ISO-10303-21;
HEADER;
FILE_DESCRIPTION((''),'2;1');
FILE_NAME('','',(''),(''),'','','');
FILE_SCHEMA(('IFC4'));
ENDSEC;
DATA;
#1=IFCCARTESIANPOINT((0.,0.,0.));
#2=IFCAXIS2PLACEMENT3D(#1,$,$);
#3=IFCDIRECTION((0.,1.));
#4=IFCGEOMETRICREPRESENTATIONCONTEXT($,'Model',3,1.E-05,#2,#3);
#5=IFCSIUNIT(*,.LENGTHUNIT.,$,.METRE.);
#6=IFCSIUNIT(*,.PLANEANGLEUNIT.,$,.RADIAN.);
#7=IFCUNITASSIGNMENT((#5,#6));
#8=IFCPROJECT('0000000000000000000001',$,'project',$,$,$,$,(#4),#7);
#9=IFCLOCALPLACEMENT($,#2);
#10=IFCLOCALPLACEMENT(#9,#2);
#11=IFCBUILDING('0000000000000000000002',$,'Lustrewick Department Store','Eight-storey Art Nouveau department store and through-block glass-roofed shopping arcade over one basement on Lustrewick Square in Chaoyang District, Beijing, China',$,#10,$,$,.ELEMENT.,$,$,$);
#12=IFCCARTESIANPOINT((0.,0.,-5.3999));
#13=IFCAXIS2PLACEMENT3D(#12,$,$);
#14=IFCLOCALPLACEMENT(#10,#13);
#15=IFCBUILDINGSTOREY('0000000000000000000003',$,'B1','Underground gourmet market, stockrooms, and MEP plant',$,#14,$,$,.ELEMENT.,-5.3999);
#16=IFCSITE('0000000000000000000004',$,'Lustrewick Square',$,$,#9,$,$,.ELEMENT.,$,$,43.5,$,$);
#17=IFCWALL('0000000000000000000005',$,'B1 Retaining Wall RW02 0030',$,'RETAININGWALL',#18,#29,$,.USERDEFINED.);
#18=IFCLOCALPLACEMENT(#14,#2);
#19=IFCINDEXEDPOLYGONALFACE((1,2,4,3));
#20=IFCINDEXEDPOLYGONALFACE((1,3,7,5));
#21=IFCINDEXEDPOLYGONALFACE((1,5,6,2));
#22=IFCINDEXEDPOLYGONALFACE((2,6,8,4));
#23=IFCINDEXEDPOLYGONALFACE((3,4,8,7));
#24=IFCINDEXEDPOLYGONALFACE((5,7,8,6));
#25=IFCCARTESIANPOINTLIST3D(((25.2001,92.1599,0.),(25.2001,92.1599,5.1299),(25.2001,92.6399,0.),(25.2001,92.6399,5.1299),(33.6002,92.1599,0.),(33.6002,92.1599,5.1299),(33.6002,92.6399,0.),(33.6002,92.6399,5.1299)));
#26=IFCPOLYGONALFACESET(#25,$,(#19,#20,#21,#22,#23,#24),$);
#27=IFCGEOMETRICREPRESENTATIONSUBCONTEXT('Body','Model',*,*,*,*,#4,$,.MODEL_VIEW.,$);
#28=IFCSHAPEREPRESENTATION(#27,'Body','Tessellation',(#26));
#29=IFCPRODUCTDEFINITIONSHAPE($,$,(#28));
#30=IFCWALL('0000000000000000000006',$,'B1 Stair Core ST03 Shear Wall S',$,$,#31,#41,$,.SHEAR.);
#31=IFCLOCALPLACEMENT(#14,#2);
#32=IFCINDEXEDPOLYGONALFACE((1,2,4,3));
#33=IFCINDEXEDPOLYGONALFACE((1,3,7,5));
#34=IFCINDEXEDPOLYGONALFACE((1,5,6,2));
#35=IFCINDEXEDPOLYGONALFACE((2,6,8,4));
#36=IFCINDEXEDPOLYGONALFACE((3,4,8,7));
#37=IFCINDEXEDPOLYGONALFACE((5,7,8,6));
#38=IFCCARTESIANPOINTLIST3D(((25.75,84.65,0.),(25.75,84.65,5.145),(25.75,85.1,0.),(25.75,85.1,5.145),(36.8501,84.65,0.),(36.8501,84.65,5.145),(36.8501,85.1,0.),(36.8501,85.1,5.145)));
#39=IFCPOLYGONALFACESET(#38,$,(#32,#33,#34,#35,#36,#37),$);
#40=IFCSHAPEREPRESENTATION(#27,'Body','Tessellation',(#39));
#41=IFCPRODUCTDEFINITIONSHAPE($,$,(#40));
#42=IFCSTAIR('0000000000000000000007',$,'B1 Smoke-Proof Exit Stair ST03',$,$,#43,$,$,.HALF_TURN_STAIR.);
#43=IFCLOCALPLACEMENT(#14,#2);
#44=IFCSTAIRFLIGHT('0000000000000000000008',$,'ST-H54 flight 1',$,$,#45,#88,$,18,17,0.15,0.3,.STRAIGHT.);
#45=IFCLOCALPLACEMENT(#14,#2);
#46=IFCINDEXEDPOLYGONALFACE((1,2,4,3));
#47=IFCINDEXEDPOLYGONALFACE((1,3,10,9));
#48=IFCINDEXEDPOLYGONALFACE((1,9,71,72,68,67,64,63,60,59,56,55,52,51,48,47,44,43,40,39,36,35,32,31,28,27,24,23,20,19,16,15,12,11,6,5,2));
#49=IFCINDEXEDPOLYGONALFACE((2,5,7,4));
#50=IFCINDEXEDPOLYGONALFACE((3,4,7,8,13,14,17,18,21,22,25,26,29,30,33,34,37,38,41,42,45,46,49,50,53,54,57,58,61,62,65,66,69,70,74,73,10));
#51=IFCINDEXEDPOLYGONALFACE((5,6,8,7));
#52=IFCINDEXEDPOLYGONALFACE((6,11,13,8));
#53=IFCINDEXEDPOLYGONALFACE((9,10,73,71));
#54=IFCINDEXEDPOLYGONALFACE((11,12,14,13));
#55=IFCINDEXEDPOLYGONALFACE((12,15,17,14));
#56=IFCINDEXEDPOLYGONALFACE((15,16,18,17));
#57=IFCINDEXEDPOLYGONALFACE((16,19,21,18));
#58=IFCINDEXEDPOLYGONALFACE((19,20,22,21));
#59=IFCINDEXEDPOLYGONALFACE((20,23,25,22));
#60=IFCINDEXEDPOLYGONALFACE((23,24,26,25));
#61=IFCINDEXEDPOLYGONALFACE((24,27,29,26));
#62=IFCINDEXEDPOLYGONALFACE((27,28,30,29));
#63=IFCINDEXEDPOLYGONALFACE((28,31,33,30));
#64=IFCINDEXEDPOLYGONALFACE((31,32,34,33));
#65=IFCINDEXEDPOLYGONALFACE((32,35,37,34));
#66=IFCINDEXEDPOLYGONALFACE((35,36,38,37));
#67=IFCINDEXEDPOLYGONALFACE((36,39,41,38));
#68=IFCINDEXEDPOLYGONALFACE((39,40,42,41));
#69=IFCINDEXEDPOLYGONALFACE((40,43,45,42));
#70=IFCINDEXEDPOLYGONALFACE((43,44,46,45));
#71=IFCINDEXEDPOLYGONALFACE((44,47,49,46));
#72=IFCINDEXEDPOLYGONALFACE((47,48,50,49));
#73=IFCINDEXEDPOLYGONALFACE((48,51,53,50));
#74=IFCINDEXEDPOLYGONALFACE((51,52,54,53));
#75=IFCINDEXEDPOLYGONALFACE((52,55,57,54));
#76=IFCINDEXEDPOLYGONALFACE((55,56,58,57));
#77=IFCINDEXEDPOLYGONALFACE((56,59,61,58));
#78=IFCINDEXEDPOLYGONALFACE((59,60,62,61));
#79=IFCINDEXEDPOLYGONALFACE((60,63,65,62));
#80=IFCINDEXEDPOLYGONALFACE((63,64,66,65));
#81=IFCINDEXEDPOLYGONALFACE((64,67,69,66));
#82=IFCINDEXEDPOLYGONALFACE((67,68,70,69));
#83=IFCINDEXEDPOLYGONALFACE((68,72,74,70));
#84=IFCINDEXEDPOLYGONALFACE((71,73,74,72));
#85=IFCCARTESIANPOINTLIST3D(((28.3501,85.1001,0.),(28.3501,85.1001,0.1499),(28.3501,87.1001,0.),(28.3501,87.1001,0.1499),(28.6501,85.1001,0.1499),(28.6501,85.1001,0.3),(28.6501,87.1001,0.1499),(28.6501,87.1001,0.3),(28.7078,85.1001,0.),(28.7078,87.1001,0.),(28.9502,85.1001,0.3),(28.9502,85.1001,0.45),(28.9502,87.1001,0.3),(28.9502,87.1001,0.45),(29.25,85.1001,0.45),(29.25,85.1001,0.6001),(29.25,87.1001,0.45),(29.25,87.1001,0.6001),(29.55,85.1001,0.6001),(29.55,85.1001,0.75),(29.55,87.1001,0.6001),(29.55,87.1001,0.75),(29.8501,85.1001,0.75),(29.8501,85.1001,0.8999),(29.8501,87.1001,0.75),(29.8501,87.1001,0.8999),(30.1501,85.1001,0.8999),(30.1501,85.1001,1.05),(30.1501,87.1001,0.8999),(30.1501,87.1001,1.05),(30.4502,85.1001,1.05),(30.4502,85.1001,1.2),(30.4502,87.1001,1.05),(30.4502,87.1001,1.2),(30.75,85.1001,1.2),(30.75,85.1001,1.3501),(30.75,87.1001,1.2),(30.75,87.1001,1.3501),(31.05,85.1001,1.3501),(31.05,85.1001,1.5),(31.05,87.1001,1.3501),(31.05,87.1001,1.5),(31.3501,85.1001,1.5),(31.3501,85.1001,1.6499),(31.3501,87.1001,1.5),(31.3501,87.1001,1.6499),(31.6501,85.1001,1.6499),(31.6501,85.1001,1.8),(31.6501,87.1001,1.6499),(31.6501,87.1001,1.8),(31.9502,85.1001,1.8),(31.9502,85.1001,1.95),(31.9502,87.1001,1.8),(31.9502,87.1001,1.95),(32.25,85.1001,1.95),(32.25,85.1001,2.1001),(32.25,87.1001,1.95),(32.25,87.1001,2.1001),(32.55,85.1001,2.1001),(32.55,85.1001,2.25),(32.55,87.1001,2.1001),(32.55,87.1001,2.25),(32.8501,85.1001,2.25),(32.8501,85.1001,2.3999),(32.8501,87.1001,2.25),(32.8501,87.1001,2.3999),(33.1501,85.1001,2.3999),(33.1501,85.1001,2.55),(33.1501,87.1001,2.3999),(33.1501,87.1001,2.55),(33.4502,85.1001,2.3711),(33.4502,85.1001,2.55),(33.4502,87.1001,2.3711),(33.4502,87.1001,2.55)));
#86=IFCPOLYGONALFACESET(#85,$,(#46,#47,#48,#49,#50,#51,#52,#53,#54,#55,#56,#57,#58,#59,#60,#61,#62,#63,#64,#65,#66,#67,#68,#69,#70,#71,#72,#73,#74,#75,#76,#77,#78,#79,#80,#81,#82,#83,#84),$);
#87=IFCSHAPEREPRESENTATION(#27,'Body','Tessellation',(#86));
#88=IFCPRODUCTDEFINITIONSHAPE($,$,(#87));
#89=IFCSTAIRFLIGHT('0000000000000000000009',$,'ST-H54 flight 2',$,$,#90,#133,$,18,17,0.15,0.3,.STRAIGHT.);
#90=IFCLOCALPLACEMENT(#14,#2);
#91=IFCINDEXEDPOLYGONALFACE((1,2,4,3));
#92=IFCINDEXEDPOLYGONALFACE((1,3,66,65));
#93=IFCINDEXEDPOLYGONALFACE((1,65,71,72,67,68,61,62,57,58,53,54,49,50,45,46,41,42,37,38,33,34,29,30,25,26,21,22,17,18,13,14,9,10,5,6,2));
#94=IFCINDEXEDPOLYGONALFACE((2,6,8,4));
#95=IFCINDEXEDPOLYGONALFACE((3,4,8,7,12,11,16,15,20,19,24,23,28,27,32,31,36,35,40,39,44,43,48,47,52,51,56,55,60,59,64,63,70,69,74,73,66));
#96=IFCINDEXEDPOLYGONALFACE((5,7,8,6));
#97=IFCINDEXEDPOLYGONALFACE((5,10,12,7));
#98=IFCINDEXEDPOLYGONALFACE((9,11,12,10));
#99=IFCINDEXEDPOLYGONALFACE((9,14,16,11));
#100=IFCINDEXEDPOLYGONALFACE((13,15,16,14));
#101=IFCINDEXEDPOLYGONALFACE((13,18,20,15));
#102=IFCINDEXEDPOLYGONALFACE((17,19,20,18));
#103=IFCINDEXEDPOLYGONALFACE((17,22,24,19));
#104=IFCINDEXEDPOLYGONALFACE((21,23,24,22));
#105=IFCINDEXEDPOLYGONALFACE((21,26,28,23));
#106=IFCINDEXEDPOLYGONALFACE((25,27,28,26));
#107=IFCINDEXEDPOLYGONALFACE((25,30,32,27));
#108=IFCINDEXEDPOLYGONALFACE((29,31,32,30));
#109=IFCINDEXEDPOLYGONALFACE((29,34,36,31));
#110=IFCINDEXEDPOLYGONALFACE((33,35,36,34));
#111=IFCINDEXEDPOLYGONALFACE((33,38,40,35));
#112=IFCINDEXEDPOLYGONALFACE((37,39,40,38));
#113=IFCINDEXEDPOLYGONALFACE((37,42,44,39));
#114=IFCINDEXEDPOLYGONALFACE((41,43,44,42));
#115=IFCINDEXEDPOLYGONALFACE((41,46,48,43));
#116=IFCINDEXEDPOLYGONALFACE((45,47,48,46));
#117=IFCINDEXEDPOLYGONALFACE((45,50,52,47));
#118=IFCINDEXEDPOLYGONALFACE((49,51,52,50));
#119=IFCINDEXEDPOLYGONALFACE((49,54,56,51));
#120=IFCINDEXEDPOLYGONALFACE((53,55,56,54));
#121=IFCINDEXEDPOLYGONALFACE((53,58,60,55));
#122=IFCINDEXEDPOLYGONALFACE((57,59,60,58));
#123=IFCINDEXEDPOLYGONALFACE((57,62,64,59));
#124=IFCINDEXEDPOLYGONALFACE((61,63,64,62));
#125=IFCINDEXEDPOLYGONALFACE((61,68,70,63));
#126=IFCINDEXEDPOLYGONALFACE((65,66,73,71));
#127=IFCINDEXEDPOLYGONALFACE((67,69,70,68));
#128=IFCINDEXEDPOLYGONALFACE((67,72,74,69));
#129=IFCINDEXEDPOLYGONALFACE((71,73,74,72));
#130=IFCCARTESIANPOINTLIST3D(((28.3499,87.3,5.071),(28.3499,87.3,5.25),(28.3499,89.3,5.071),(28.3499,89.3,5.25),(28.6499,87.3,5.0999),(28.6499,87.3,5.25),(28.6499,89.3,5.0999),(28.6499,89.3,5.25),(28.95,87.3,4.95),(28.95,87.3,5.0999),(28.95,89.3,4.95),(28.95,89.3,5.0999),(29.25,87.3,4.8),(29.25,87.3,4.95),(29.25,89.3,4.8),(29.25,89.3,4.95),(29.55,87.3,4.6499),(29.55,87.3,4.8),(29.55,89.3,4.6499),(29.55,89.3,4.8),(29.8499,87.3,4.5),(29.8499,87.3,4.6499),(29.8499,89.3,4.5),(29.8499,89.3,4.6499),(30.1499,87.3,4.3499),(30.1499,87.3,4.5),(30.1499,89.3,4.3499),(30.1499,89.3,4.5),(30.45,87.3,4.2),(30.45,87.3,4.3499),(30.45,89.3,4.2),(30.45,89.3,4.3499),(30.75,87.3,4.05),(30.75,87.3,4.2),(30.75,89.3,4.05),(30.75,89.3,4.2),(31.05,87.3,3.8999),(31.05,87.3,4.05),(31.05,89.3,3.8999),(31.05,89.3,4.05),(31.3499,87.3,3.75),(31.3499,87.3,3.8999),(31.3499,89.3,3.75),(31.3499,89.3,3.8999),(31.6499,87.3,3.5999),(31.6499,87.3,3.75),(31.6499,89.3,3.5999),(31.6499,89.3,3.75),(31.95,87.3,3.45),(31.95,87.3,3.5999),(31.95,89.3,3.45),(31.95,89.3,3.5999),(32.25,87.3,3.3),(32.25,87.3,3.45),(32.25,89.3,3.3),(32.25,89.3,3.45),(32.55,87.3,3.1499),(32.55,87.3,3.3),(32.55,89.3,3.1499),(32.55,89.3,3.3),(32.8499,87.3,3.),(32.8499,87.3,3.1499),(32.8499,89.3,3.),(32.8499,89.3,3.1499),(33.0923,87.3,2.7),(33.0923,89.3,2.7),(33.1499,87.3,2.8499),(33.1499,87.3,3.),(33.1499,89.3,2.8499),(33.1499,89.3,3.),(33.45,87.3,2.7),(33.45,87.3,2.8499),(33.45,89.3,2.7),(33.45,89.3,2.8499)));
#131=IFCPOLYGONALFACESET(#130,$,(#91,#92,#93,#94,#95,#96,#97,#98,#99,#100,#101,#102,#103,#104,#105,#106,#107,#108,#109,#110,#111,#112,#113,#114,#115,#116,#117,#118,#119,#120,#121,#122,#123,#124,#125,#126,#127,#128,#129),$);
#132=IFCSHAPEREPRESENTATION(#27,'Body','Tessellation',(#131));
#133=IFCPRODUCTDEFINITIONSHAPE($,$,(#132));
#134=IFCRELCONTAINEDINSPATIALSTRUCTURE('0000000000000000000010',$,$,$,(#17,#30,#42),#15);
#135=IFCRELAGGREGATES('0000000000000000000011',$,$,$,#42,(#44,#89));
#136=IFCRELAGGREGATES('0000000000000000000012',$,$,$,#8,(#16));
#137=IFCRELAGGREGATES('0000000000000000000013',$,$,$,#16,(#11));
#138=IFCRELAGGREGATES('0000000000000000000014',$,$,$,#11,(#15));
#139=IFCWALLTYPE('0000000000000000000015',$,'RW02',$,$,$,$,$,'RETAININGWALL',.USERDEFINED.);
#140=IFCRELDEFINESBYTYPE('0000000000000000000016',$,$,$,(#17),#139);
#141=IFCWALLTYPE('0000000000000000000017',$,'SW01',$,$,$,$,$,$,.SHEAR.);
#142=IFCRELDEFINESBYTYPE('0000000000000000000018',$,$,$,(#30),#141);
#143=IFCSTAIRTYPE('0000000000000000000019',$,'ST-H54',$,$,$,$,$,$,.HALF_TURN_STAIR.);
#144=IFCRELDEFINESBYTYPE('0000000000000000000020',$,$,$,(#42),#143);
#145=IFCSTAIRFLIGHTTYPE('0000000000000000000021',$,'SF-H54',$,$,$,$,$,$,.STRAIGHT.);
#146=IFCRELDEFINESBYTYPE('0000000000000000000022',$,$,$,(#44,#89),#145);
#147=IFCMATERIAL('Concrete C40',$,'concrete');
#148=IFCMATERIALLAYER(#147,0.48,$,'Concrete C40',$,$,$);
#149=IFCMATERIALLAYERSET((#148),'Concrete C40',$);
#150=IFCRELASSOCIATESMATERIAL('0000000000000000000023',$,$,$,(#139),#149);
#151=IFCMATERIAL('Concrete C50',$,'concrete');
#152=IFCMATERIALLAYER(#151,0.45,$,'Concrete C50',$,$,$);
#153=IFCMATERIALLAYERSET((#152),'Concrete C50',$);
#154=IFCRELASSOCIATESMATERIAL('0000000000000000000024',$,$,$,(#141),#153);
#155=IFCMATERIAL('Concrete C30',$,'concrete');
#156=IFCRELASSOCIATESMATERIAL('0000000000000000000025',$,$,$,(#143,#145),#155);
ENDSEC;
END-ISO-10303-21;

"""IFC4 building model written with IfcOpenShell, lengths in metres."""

from ifc_helpers import new_model, si_unit, direction, frame, frame_2d, origin, place, context, subcontext, project, spatial, polyline, rectangle, outline, extrude, material, layer, layer_set, type_object, element, aggregate, save


model = new_model("IFC4")

# Units and contexts
model_context = context("Model", 3, precision=1e-05, world=origin(), true_north=direction((0.0, 1.0)))
body_context = subcontext(model_context, "Body", "Model", "MODEL_VIEW")
ifc_project = project(units=[si_unit("LENGTHUNIT", "METRE"), si_unit("PLANEANGLEUNIT", "RADIAN")], contexts=[model_context])

# Site, building, storey
site_placement = place(None, origin())
site = spatial("IfcSite", under=ifc_project, at=site_placement, Name="Lustrewick Square", CompositionType="ELEMENT", RefElevation=43.5)
building_placement = place(site_placement, origin())
building = spatial("IfcBuilding", under=site, at=building_placement, Name="Lustrewick Department Store", Description="Eight-storey Art Nouveau department store and through-block glass-roofed shopping arcade over one basement on Lustrewick Square in Chaoyang District, Beijing, China", CompositionType="ELEMENT")
storey_placement = place(building_placement, frame((0.0, 0.0, -5.3999)))
storey = spatial("IfcBuildingStorey", under=building, at=storey_placement, Name="B1", Description="Underground gourmet market, stockrooms, and MEP plant", CompositionType="ELEMENT", Elevation=-5.3999)

# Shared definitions
ifc_material_1 = material(Name="Concrete C40", Category="concrete")

# Walls
ifc_layer_1 = layer(ifc_material_1, 0.48, Name="Concrete C40")
ifc_layer_set_1 = layer_set([ifc_layer_1], Name="Concrete C40")
wall_type_1 = type_object("IfcWallType", Name="RW02", ElementType="RETAININGWALL", PredefinedType="USERDEFINED", material=ifc_layer_set_1)
wall_1_placement = place(storey_placement, frame((25.2, 92.3999, 0.0), z_axis=(0.0, 0.0, 1.0), x_axis=(1.0, 0.0, 0.0)))
element("IfcWall", 1, at=wall_1_placement, inside=storey, type_object=wall_type_1, Name="B1 Retaining Wall RW02 0030", ObjectType="RETAININGWALL", PredefinedType="USERDEFINED", context=body_context, shape_type="SweptSolid", body=[
    extrude(rectangle(XDim=8.4001, YDim=0.48, at=frame_2d((4.2002, 0.0))), origin(), (0.0, 0.0, 1.0), 5.1299),
])
ifc_material_2 = material(Name="Concrete C50", Category="concrete")
ifc_layer_2 = layer(ifc_material_2, 0.45, Name="Concrete C50")
ifc_layer_set_2 = layer_set([ifc_layer_2], Name="Concrete C50")
wall_type_2 = type_object("IfcWallType", Name="SW01", PredefinedType="SHEAR", material=ifc_layer_set_2)
wall_2_placement = place(storey_placement, frame((25.75, 84.875, 0.0), z_axis=(0.0, 0.0, 1.0), x_axis=(1.0, 0.0, 0.0)))
element("IfcWall", 2, at=wall_2_placement, inside=storey, type_object=wall_type_2, Name="B1 Stair Core ST03 Shear Wall S", PredefinedType="SHEAR", context=body_context, shape_type="SweptSolid", body=[
    extrude(rectangle(XDim=11.1001, YDim=0.45, at=frame_2d((5.55, 0.0))), origin(), (0.0, 0.0, 1.0), 5.145),
])

# Stair, stair flights
ifc_material_3 = material(Name="Concrete C30", Category="concrete")
stair_type = type_object("IfcStairType", Name="ST-H54", PredefinedType="HALF_TURN_STAIR", material=ifc_material_3)
stair_placement = place(storey_placement, origin())
stair = element("IfcStair", 3, at=stair_placement, inside=storey, type_object=stair_type, Name="B1 Smoke-Proof Exit Stair ST03", PredefinedType="HALF_TURN_STAIR")
stair_flight_type = type_object("IfcStairFlightType", Name="SF-H54", PredefinedType="STRAIGHT", material=ifc_material_3)
stair_flight_1_placement = place(storey_placement, frame((28.3501, 86.1001, 0.0), z_axis=(0.0, 0.0, 1.0), x_axis=(1.0, 0.0, 0.0)))
stair_flight_1 = element("IfcStairFlight", 4, at=stair_flight_1_placement, type_object=stair_flight_type, Name="ST-H54 flight 1", NumberOfRisers=18, NumberOfTreads=17, PredefinedType="STRAIGHT", RiserHeight=0.15, TreadLength=0.3, context=body_context, shape_type="SweptSolid", body=[
    extrude(outline(polyline([(0.0, 0.0), (0.0, 0.1499), (0.3, 0.1499), (0.3, 0.3), (0.6001, 0.3), (0.6001, 0.45), (0.8999, 0.45), (0.8999, 0.6001), (1.2, 0.6001), (1.2, 0.75), (1.5, 0.75), (1.5, 0.8999), (1.8, 0.8999), (1.8, 1.05), (2.1001, 1.05), (2.1001, 1.2), (2.3999, 1.2), (2.3999, 1.3501), (2.7, 1.3501), (2.7, 1.5), (3.0, 1.5), (3.0, 1.6499), (3.3, 1.6499), (3.3, 1.8), (3.6001, 1.8), (3.6001, 1.95), (3.8999, 1.95), (3.8999, 2.1001), (4.2, 2.1001), (4.2, 2.25), (4.5, 2.25), (4.5, 2.3999), (4.8, 2.3999), (4.8, 2.55), (5.1001, 2.55), (5.1001, 2.7), (5.1001, 2.3711), (0.3577, 0.0), (0.0, 0.0)])), frame((0.0, 1.0, 0.0), z_axis=(0.0, -1.0, 0.0), x_axis=(1.0, 0.0, 0.0)), (0.0, 0.0, 1.0), 2.0),
])
stair_flight_2_placement = place(storey_placement, frame((33.45, 88.3, 2.7), z_axis=(0.0, 0.0, 1.0), x_axis=(-1.0, 0.0, 0.0)))
stair_flight_2 = element("IfcStairFlight", 5, at=stair_flight_2_placement, type_object=stair_flight_type, Name="ST-H54 flight 2", NumberOfRisers=18, NumberOfTreads=17, PredefinedType="STRAIGHT", RiserHeight=0.15, TreadLength=0.3, context=body_context, shape_type="SweptSolid", body=[
    extrude(outline(polyline([(0.0, 0.0), (0.0, 0.1499), (0.3, 0.1499), (0.3, 0.3), (0.6001, 0.3), (0.6001, 0.45), (0.8999, 0.45), (0.8999, 0.6001), (1.2, 0.6001), (1.2, 0.75), (1.5, 0.75), (1.5, 0.8999), (1.8, 0.8999), (1.8, 1.05), (2.1001, 1.05), (2.1001, 1.2), (2.3999, 1.2), (2.3999, 1.3501), (2.7, 1.3501), (2.7, 1.5), (3.0, 1.5), (3.0, 1.6499), (3.3, 1.6499), (3.3, 1.8), (3.6001, 1.8), (3.6001, 1.95), (3.8999, 1.95), (3.8999, 2.1001), (4.2, 2.1001), (4.2, 2.25), (4.5, 2.25), (4.5, 2.3999), (4.8, 2.3999), (4.8, 2.55), (5.1001, 2.55), (5.1001, 2.7), (5.1001, 2.3711), (0.3577, 0.0), (0.0, 0.0)])), frame((0.0, 1.0, 0.0), z_axis=(0.0, -1.0, 0.0), x_axis=(1.0, 0.0, 0.0)), (0.0, 0.0, 1.0), 2.0),
])
aggregate(stair, [stair_flight_1, stair_flight_2])

save(model, "model.ifc")
